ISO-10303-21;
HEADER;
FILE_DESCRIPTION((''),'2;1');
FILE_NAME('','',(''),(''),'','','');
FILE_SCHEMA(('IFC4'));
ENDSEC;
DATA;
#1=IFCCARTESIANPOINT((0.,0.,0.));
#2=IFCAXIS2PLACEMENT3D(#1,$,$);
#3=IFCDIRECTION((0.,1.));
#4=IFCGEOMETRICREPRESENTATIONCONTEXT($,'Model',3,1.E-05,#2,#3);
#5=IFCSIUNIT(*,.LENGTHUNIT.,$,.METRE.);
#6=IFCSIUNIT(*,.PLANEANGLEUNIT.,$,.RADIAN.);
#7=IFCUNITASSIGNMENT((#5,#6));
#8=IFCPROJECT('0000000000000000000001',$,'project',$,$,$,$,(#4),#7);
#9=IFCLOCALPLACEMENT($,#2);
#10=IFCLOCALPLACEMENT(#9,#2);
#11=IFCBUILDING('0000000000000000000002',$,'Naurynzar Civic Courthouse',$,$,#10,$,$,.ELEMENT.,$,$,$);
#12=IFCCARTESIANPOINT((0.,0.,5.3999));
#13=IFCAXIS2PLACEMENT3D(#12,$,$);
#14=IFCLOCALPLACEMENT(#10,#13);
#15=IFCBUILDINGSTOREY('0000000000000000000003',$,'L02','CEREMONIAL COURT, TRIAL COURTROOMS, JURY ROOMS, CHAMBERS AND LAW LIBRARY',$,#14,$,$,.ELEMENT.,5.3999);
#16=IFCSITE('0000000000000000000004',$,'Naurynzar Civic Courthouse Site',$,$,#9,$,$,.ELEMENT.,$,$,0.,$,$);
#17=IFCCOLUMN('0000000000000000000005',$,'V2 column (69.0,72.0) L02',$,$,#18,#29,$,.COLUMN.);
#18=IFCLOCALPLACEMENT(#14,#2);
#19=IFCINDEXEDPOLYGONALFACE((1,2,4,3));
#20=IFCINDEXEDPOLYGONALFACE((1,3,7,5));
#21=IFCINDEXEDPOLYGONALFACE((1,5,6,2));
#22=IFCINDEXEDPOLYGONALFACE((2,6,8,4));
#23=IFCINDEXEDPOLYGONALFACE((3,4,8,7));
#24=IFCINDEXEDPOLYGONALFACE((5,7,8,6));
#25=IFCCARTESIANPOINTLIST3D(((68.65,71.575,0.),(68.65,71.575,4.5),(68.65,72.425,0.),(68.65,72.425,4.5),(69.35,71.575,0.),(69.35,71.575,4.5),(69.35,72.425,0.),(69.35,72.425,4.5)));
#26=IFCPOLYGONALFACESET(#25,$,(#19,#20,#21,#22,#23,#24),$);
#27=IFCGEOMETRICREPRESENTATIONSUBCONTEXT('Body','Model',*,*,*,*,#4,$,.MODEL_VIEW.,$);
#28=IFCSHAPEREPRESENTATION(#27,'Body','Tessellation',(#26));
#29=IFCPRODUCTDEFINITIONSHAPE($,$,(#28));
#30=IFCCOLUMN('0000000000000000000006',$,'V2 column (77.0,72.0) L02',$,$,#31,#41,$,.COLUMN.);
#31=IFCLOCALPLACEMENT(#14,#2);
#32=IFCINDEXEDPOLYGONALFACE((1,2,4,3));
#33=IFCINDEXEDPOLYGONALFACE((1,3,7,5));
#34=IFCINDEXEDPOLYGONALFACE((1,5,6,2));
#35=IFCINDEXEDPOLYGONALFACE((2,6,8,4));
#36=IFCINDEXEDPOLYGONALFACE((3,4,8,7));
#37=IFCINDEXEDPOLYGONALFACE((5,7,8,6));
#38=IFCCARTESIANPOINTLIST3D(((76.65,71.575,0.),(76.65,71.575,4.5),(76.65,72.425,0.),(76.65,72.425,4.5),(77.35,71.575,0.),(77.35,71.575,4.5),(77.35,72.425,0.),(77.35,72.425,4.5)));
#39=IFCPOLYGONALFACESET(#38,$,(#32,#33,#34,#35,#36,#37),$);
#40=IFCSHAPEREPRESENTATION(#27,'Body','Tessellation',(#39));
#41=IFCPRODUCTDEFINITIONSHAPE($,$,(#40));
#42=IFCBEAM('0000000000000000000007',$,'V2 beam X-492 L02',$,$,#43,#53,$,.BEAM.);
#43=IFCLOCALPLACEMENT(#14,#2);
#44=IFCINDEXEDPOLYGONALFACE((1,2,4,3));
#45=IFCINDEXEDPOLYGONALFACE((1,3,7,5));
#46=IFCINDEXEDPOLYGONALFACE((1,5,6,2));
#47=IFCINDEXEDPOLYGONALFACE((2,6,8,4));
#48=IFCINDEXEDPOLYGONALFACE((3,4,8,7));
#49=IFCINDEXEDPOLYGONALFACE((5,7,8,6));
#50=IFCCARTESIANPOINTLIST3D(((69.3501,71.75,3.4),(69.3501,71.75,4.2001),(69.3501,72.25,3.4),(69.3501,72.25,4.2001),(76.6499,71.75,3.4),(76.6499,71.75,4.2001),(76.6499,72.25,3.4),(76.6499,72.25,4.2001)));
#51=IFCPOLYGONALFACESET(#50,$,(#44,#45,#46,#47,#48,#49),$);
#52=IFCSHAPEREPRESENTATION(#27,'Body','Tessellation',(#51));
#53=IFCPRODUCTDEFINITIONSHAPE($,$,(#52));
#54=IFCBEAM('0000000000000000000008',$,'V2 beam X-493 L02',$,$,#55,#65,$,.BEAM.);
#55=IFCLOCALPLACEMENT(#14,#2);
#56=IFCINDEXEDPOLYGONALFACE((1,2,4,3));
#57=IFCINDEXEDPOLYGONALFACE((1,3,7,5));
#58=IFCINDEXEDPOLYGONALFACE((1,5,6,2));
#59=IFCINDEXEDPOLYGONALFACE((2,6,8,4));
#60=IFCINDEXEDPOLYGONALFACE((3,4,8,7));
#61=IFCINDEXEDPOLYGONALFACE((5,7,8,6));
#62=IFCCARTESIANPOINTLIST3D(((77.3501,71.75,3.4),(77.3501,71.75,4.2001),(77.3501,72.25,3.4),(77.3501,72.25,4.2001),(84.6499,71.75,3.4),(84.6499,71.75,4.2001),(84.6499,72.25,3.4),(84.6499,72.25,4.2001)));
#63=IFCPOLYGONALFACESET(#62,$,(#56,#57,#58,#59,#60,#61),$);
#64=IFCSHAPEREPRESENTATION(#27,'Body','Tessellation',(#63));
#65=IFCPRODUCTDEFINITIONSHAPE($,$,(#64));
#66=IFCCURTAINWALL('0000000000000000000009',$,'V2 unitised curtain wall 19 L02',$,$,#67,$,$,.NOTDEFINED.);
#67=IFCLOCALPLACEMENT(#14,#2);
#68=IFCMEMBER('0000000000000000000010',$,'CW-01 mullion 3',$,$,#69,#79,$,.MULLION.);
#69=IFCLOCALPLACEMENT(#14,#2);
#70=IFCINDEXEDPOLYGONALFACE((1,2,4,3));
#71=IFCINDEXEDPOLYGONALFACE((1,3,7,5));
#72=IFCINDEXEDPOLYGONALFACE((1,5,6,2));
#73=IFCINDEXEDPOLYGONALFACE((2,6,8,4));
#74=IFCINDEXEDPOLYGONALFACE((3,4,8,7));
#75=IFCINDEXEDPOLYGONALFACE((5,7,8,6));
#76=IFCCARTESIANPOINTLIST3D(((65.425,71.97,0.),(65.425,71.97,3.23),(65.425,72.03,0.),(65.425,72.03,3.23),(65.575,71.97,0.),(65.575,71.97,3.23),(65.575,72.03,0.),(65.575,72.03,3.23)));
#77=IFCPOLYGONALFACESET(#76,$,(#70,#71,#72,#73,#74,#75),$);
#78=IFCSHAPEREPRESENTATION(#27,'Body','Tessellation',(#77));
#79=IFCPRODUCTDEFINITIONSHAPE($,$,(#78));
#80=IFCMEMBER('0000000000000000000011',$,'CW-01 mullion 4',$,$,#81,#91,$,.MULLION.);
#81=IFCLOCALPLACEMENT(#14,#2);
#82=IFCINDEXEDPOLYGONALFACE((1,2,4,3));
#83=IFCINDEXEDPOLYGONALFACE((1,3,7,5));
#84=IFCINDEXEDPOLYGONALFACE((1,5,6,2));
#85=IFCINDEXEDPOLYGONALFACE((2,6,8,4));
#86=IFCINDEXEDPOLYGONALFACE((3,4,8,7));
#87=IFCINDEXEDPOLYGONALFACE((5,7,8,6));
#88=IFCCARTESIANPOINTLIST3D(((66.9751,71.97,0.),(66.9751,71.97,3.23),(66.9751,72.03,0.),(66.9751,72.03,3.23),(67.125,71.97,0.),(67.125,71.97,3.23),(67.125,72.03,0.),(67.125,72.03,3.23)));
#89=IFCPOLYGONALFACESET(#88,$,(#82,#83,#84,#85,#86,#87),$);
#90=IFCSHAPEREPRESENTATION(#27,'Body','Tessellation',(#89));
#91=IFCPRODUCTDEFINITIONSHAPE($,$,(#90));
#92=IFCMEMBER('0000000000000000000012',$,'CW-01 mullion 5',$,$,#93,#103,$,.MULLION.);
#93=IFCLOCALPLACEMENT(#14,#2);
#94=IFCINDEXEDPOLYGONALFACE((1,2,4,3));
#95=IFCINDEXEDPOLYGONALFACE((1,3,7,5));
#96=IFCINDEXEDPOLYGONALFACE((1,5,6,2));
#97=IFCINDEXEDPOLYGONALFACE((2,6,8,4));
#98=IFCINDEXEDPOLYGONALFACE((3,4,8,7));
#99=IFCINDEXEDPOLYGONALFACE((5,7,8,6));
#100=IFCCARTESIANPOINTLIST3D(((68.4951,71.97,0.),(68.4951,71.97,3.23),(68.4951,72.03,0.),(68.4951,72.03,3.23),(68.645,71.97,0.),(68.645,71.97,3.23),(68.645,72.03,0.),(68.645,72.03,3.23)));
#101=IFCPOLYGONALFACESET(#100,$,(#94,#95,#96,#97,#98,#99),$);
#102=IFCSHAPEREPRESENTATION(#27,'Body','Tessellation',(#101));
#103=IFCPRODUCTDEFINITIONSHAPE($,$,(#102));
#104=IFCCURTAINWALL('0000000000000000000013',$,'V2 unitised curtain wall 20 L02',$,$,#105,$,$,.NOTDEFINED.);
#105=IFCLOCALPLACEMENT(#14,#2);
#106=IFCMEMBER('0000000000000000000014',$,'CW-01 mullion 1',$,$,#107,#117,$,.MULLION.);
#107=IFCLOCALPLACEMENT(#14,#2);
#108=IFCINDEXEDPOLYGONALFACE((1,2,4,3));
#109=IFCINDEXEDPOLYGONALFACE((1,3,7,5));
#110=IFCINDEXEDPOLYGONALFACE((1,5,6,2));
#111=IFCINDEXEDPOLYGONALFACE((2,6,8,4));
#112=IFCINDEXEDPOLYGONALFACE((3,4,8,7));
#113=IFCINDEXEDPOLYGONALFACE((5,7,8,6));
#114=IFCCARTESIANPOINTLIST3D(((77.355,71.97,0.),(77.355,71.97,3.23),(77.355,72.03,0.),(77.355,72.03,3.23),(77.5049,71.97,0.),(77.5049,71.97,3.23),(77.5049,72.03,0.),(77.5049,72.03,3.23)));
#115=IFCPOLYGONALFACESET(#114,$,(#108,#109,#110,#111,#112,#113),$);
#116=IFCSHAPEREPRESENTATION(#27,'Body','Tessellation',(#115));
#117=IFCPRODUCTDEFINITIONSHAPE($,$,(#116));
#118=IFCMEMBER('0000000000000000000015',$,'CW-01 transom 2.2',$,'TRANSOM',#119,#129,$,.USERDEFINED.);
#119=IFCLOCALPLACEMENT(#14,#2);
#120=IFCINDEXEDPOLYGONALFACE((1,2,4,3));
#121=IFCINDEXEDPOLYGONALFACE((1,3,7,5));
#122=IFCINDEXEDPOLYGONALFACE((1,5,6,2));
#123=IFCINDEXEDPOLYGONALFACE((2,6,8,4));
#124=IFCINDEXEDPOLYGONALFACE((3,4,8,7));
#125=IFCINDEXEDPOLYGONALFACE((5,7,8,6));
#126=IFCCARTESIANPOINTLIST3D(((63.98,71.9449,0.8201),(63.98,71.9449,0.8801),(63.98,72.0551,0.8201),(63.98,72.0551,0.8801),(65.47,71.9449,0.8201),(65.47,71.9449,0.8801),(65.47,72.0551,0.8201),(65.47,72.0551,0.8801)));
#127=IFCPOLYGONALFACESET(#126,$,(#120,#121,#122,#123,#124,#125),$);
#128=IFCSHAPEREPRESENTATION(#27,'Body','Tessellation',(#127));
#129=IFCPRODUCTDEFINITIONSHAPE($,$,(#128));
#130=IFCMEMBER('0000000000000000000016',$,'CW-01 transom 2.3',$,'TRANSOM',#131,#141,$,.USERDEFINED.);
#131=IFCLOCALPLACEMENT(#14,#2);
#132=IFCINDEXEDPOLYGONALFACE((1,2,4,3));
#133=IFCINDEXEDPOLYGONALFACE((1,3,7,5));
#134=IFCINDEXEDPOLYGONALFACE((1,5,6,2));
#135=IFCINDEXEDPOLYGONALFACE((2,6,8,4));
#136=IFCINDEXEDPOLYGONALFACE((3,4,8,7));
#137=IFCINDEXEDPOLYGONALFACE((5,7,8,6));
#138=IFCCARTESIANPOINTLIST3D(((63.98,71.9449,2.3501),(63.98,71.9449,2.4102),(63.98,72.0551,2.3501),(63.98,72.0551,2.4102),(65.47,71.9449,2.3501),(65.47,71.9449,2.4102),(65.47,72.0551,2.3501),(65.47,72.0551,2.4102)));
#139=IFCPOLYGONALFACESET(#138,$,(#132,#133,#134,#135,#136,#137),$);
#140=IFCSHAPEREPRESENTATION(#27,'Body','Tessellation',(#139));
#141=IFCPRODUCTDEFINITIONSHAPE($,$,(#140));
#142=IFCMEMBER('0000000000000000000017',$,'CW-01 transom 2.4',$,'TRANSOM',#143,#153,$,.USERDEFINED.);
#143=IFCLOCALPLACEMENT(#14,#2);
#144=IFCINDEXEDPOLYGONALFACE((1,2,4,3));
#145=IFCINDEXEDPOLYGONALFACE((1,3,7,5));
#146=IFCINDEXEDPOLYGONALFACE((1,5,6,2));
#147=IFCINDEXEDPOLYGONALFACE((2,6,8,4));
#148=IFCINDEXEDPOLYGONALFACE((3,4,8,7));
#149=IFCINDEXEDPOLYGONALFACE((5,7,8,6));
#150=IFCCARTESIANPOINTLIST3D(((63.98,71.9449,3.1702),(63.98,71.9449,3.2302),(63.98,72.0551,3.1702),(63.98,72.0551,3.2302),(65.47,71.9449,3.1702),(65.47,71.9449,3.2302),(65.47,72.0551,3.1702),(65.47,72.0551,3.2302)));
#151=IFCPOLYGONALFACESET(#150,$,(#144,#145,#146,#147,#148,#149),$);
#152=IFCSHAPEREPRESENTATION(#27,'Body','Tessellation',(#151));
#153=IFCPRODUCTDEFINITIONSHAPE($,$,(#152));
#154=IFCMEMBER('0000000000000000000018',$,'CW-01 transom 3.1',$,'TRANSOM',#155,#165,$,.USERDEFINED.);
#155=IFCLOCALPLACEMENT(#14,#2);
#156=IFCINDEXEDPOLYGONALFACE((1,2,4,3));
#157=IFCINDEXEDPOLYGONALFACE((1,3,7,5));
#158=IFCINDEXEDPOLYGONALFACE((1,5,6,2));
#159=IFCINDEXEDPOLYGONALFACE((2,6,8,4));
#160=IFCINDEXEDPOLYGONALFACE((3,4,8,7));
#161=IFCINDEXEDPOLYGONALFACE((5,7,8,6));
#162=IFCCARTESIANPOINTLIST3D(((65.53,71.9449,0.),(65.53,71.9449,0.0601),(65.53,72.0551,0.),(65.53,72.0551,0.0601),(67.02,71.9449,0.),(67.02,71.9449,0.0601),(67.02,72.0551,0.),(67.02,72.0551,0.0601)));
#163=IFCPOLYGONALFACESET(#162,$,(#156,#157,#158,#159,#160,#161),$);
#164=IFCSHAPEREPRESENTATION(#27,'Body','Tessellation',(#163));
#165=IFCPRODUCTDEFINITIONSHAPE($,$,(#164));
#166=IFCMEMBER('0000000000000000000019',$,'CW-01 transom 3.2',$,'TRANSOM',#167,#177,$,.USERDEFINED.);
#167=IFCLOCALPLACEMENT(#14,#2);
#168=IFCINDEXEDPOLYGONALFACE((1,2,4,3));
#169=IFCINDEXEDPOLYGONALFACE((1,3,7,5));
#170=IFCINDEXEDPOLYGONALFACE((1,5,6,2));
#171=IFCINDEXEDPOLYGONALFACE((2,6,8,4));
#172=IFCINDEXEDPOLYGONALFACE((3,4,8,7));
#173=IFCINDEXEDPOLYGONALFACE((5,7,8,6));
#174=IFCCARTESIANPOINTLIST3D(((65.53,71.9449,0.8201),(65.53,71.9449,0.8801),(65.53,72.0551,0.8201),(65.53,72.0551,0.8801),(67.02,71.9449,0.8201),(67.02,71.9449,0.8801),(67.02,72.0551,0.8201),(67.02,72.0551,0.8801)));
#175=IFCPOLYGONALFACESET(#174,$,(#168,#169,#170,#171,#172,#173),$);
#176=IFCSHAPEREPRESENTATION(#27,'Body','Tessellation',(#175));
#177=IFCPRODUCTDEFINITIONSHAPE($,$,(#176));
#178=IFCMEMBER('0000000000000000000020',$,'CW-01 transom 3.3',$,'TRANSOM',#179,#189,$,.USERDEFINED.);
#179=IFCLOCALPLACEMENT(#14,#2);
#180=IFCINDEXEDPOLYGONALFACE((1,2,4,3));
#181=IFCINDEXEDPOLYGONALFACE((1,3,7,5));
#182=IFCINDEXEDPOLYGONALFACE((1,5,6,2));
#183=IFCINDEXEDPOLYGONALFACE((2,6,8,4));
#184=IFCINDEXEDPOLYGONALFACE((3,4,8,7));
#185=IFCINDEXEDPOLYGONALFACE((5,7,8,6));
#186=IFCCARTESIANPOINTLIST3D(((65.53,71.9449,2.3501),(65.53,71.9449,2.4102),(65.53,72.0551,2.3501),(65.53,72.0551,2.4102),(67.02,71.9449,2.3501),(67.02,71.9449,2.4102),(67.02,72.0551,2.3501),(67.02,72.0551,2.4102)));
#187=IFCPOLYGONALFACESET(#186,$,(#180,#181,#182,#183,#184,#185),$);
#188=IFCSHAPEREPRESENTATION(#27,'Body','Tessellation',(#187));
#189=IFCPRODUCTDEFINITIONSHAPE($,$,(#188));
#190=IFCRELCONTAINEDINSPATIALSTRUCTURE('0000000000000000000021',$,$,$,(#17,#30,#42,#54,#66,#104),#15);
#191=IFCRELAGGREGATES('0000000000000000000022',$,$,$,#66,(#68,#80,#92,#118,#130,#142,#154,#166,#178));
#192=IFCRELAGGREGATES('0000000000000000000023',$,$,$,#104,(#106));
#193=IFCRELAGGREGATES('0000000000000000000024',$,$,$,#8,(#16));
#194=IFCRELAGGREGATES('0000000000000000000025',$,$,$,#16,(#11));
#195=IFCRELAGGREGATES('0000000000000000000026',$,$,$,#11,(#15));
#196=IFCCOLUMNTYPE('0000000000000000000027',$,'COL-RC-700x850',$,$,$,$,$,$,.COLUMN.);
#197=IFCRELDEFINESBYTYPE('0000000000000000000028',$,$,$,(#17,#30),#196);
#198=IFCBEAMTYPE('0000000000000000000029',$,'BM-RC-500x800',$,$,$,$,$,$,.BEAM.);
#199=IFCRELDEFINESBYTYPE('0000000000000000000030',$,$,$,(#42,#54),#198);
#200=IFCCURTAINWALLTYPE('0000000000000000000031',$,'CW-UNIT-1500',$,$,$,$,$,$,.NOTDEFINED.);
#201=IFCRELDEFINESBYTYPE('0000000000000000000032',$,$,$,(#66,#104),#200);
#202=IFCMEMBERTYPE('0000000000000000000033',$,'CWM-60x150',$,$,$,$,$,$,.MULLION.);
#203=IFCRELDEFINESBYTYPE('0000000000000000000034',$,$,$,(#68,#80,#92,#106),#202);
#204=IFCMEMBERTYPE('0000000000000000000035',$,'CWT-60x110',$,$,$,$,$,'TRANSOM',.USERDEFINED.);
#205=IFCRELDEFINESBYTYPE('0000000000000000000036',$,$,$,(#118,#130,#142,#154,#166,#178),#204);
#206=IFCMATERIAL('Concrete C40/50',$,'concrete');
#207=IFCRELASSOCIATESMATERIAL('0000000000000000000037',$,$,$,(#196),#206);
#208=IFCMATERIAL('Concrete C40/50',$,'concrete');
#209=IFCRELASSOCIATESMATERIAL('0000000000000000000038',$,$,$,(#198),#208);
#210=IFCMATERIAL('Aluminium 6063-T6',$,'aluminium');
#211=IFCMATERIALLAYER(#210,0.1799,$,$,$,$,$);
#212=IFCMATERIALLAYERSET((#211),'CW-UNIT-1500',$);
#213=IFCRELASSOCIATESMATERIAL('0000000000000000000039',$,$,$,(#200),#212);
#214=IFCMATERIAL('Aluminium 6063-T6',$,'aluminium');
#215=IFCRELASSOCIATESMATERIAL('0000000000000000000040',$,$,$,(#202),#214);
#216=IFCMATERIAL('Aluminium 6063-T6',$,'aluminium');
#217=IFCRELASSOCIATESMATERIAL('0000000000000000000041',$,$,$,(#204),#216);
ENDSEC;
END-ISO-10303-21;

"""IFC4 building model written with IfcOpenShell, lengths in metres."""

from ifc_helpers import new_model, si_unit, direction, frame, origin, origin_2d, place, context, subcontext, project, spatial, rectangle, extrude, material, layer, layer_set, material_profile, profile_set, type_object, element, aggregate, save


model = new_model("IFC4")

# Units and contexts
model_context = context("Model", 3, precision=1e-05, world=origin(), true_north=direction((0.0, 1.0)))
body_context = subcontext(model_context, "Body", "Model", "MODEL_VIEW")
ifc_project = project(units=[si_unit("LENGTHUNIT", "METRE"), si_unit("PLANEANGLEUNIT", "RADIAN")], contexts=[model_context])

# Site, building, storey
site_placement = place(None, origin())
site = spatial("IfcSite", under=ifc_project, at=site_placement, Name="Naurynzar Civic Courthouse Site", CompositionType="ELEMENT", RefElevation=0.0)
building_placement = place(site_placement, origin())
building = spatial("IfcBuilding", under=site, at=building_placement, Name="Naurynzar Civic Courthouse", CompositionType="ELEMENT")
storey_placement = place(building_placement, frame((0.0, 0.0, 5.3999)))
storey = spatial("IfcBuildingStorey", under=building, at=storey_placement, Name="L02", Description="CEREMONIAL COURT, TRIAL COURTROOMS, JURY ROOMS, CHAMBERS AND LAW LIBRARY", CompositionType="ELEMENT", Elevation=5.3999)

# Columns
ifc_material_1 = material(Name="Concrete C40/50", Category="concrete")
ifc_material_profile_1 = material_profile(ifc_material_1, rectangle(XDim=0.7, YDim=0.8501, at=origin_2d()), Name="RC 700x850")
ifc_profile_set_1 = profile_set([ifc_material_profile_1], Name="Concrete C40/50")
column_type = type_object("IfcColumnType", Name="COL-RC-700x850", PredefinedType="COLUMN", material=ifc_profile_set_1)
for number, where, z_axis, x_axis, name in (
    (1, (69.0, 72.0, 0.0), (0.0, 0.0, 1.0), (1.0, 0.0, 0.0), "V2 column (69.0,72.0) L02"),
    (2, (77.0, 72.0, 0.0), (0.0, 0.0, 1.0), (1.0, 0.0, 0.0), "V2 column (77.0,72.0) L02"),
):
    element("IfcColumn", number, at=place(storey_placement, frame(where, z_axis=z_axis, x_axis=x_axis)), inside=storey, type_object=column_type, Name=name, PredefinedType="COLUMN", context=body_context, shape_type="SweptSolid", body=[
        extrude(rectangle(XDim=0.7, YDim=0.8501, at=origin_2d()), origin(), (0.0, 0.0, 1.0), 4.5),
    ])

# Beams
ifc_material_2 = material(Name="Concrete C40/50", Category="concrete")
ifc_material_profile_2 = material_profile(ifc_material_2, rectangle(XDim=0.5, YDim=0.8, at=origin_2d()), Name="RCB 500x800")
ifc_profile_set_2 = profile_set([ifc_material_profile_2], Name="Concrete C40/50")
beam_type = type_object("IfcBeamType", Name="BM-RC-500x800", PredefinedType="BEAM", material=ifc_profile_set_2)
for number, where, z_axis, x_axis, name in (
    (3, (69.3501, 72.0, 3.8), (1.0, 0.0, 0.0), (0.0, 1.0, 0.0), "V2 beam X-492 L02"),
    (4, (77.3501, 72.0, 3.8), (1.0, 0.0, 0.0), (0.0, 1.0, 0.0), "V2 beam X-493 L02"),
):
    element("IfcBeam", number, at=place(storey_placement, frame(where, z_axis=z_axis, x_axis=x_axis)), inside=storey, type_object=beam_type, Name=name, PredefinedType="BEAM", context=body_context, shape_type="SweptSolid", body=[
        extrude(rectangle(XDim=0.5, YDim=0.8, at=origin_2d()), origin(), (0.0, 0.0, 1.0), 7.2998),
    ])

# Curtain wall, members
ifc_material_3 = material(Name="Aluminium 6063-T6", Category="aluminium")
ifc_layer_1 = layer(ifc_material_3, 0.1799)
ifc_layer_set_1 = layer_set([ifc_layer_1], Name="CW-UNIT-1500")
curtain_wall_type = type_object("IfcCurtainWallType", Name="CW-UNIT-1500", PredefinedType="NOTDEFINED", material=ifc_layer_set_1)
curtain_wall_1_placement = place(storey_placement, origin())
curtain_wall_1 = element("IfcCurtainWall", 5, at=curtain_wall_1_placement, inside=storey, type_object=curtain_wall_type, Name="V2 unitised curtain wall 19 L02", PredefinedType="NOTDEFINED")
ifc_material_4 = material(Name="Aluminium 6063-T6", Category="aluminium")
ifc_material_profile_3 = material_profile(ifc_material_4, rectangle(XDim=0.0601, YDim=0.1499, at=origin_2d()), Name="ALU MULLION 60x150")
ifc_profile_set_3 = profile_set([ifc_material_profile_3], Name="Aluminium 6063-T6")
member_type_1 = type_object("IfcMemberType", Name="CWM-60x150", PredefinedType="MULLION", material=ifc_profile_set_3)
member_1_placement = place(storey_placement, frame((65.5, 72.0, 0.0), z_axis=(0.0, 0.0, 1.0), x_axis=(0.0, 1.0, 0.0)))
member_1 = element("IfcMember", 6, at=member_1_placement, type_object=member_type_1, Name="CW-01 mullion 3", PredefinedType="MULLION", context=body_context, shape_type="SweptSolid", body=[
    extrude(rectangle(XDim=0.0601, YDim=0.1499, at=origin_2d()), origin(), (0.0, 0.0, 1.0), 3.23),
])
member_2_placement = place(storey_placement, frame((67.05, 72.0, 0.0), z_axis=(0.0, 0.0, 1.0), x_axis=(0.0, 1.0, 0.0)))
member_2 = element("IfcMember", 7, at=member_2_placement, type_object=member_type_1, Name="CW-01 mullion 4", PredefinedType="MULLION", context=body_context, shape_type="SweptSolid", body=[
    extrude(rectangle(XDim=0.0601, YDim=0.1499, at=origin_2d()), origin(), (0.0, 0.0, 1.0), 3.23),
])
member_3_placement = place(storey_placement, frame((68.5701, 72.0, 0.0), z_axis=(0.0, 0.0, 1.0), x_axis=(0.0, 1.0, 0.0)))
member_3 = element("IfcMember", 8, at=member_3_placement, type_object=member_type_1, Name="CW-01 mullion 5", PredefinedType="MULLION", context=body_context, shape_type="SweptSolid", body=[
    extrude(rectangle(XDim=0.0601, YDim=0.1499, at=origin_2d()), origin(), (0.0, 0.0, 1.0), 3.23),
])

# Curtain wall, member
curtain_wall_2_placement = place(storey_placement, origin())
curtain_wall_2 = element("IfcCurtainWall", 9, at=curtain_wall_2_placement, inside=storey, type_object=curtain_wall_type, Name="V2 unitised curtain wall 20 L02", PredefinedType="NOTDEFINED")
member_4_placement = place(storey_placement, frame((77.4299, 72.0, 0.0), z_axis=(0.0, 0.0, 1.0), x_axis=(0.0, 1.0, 0.0)))
member_4 = element("IfcMember", 10, at=member_4_placement, type_object=member_type_1, Name="CW-01 mullion 1", PredefinedType="MULLION", context=body_context, shape_type="SweptSolid", body=[
    extrude(rectangle(XDim=0.0601, YDim=0.1499, at=origin_2d()), origin(), (0.0, 0.0, 1.0), 3.23),
])

# Members
ifc_material_5 = material(Name="Aluminium 6063-T6", Category="aluminium")
ifc_material_profile_4 = material_profile(ifc_material_5, rectangle(XDim=0.1101, YDim=0.0601, at=origin_2d()), Name="ALU TRANSOM 60x110")
ifc_profile_set_4 = profile_set([ifc_material_profile_4], Name="Aluminium 6063-T6")
member_type_2 = type_object("IfcMemberType", Name="CWT-60x110", ElementType="TRANSOM", PredefinedType="USERDEFINED", material=ifc_profile_set_4)
member_5_placement = place(storey_placement, frame((63.98, 72.0, 0.8501), z_axis=(1.0, 0.0, 0.0), x_axis=(0.0, 1.0, 0.0)))
member_5 = element("IfcMember", 11, at=member_5_placement, type_object=member_type_2, Name="CW-01 transom 2.2", ObjectType="TRANSOM", PredefinedType="USERDEFINED", context=body_context, shape_type="SweptSolid", body=[
    extrude(rectangle(XDim=0.1101, YDim=0.0601, at=origin_2d()), origin(), (0.0, 0.0, 1.0), 1.49),
])
member_6_placement = place(storey_placement, frame((63.98, 72.0, 2.3801), z_axis=(1.0, 0.0, 0.0), x_axis=(0.0, 1.0, 0.0)))
member_6 = element("IfcMember", 12, at=member_6_placement, type_object=member_type_2, Name="CW-01 transom 2.3", ObjectType="TRANSOM", PredefinedType="USERDEFINED", context=body_context, shape_type="SweptSolid", body=[
    extrude(rectangle(XDim=0.1101, YDim=0.0601, at=origin_2d()), origin(), (0.0, 0.0, 1.0), 1.49),
])
member_7_placement = place(storey_placement, frame((63.98, 72.0, 3.2002), z_axis=(1.0, 0.0, 0.0), x_axis=(0.0, 1.0, 0.0)))
member_7 = element("IfcMember", 13, at=member_7_placement, type_object=member_type_2, Name="CW-01 transom 2.4", ObjectType="TRANSOM", PredefinedType="USERDEFINED", context=body_context, shape_type="SweptSolid", body=[
    extrude(rectangle(XDim=0.1101, YDim=0.0601, at=origin_2d()), origin(), (0.0, 0.0, 1.0), 1.49),
])
member_8_placement = place(storey_placement, frame((65.53, 72.0, 0.03), z_axis=(1.0, 0.0, 0.0), x_axis=(0.0, 1.0, 0.0)))
member_8 = element("IfcMember", 14, at=member_8_placement, type_object=member_type_2, Name="CW-01 transom 3.1", ObjectType="TRANSOM", PredefinedType="USERDEFINED", context=body_context, shape_type="SweptSolid", body=[
    extrude(rectangle(XDim=0.1101, YDim=0.0601, at=origin_2d()), origin(), (0.0, 0.0, 1.0), 1.49),
])
member_9_placement = place(storey_placement, frame((65.53, 72.0, 0.8501), z_axis=(1.0, 0.0, 0.0), x_axis=(0.0, 1.0, 0.0)))
member_9 = element("IfcMember", 15, at=member_9_placement, type_object=member_type_2, Name="CW-01 transom 3.2", ObjectType="TRANSOM", PredefinedType="USERDEFINED", context=body_context, shape_type="SweptSolid", body=[
    extrude(rectangle(XDim=0.1101, YDim=0.0601, at=origin_2d()), origin(), (0.0, 0.0, 1.0), 1.49),
])
member_10_placement = place(storey_placement, frame((65.53, 72.0, 2.3801), z_axis=(1.0, 0.0, 0.0), x_axis=(0.0, 1.0, 0.0)))
member_10 = element("IfcMember", 16, at=member_10_placement, type_object=member_type_2, Name="CW-01 transom 3.3", ObjectType="TRANSOM", PredefinedType="USERDEFINED", context=body_context, shape_type="SweptSolid", body=[
    extrude(rectangle(XDim=0.1101, YDim=0.0601, at=origin_2d()), origin(), (0.0, 0.0, 1.0), 1.49),
])

aggregate(curtain_wall_1, [member_1, member_2, member_3, member_5, member_6, member_7, member_8, member_9, member_10])
aggregate(curtain_wall_2, [member_4])

save(model, "model.ifc")
